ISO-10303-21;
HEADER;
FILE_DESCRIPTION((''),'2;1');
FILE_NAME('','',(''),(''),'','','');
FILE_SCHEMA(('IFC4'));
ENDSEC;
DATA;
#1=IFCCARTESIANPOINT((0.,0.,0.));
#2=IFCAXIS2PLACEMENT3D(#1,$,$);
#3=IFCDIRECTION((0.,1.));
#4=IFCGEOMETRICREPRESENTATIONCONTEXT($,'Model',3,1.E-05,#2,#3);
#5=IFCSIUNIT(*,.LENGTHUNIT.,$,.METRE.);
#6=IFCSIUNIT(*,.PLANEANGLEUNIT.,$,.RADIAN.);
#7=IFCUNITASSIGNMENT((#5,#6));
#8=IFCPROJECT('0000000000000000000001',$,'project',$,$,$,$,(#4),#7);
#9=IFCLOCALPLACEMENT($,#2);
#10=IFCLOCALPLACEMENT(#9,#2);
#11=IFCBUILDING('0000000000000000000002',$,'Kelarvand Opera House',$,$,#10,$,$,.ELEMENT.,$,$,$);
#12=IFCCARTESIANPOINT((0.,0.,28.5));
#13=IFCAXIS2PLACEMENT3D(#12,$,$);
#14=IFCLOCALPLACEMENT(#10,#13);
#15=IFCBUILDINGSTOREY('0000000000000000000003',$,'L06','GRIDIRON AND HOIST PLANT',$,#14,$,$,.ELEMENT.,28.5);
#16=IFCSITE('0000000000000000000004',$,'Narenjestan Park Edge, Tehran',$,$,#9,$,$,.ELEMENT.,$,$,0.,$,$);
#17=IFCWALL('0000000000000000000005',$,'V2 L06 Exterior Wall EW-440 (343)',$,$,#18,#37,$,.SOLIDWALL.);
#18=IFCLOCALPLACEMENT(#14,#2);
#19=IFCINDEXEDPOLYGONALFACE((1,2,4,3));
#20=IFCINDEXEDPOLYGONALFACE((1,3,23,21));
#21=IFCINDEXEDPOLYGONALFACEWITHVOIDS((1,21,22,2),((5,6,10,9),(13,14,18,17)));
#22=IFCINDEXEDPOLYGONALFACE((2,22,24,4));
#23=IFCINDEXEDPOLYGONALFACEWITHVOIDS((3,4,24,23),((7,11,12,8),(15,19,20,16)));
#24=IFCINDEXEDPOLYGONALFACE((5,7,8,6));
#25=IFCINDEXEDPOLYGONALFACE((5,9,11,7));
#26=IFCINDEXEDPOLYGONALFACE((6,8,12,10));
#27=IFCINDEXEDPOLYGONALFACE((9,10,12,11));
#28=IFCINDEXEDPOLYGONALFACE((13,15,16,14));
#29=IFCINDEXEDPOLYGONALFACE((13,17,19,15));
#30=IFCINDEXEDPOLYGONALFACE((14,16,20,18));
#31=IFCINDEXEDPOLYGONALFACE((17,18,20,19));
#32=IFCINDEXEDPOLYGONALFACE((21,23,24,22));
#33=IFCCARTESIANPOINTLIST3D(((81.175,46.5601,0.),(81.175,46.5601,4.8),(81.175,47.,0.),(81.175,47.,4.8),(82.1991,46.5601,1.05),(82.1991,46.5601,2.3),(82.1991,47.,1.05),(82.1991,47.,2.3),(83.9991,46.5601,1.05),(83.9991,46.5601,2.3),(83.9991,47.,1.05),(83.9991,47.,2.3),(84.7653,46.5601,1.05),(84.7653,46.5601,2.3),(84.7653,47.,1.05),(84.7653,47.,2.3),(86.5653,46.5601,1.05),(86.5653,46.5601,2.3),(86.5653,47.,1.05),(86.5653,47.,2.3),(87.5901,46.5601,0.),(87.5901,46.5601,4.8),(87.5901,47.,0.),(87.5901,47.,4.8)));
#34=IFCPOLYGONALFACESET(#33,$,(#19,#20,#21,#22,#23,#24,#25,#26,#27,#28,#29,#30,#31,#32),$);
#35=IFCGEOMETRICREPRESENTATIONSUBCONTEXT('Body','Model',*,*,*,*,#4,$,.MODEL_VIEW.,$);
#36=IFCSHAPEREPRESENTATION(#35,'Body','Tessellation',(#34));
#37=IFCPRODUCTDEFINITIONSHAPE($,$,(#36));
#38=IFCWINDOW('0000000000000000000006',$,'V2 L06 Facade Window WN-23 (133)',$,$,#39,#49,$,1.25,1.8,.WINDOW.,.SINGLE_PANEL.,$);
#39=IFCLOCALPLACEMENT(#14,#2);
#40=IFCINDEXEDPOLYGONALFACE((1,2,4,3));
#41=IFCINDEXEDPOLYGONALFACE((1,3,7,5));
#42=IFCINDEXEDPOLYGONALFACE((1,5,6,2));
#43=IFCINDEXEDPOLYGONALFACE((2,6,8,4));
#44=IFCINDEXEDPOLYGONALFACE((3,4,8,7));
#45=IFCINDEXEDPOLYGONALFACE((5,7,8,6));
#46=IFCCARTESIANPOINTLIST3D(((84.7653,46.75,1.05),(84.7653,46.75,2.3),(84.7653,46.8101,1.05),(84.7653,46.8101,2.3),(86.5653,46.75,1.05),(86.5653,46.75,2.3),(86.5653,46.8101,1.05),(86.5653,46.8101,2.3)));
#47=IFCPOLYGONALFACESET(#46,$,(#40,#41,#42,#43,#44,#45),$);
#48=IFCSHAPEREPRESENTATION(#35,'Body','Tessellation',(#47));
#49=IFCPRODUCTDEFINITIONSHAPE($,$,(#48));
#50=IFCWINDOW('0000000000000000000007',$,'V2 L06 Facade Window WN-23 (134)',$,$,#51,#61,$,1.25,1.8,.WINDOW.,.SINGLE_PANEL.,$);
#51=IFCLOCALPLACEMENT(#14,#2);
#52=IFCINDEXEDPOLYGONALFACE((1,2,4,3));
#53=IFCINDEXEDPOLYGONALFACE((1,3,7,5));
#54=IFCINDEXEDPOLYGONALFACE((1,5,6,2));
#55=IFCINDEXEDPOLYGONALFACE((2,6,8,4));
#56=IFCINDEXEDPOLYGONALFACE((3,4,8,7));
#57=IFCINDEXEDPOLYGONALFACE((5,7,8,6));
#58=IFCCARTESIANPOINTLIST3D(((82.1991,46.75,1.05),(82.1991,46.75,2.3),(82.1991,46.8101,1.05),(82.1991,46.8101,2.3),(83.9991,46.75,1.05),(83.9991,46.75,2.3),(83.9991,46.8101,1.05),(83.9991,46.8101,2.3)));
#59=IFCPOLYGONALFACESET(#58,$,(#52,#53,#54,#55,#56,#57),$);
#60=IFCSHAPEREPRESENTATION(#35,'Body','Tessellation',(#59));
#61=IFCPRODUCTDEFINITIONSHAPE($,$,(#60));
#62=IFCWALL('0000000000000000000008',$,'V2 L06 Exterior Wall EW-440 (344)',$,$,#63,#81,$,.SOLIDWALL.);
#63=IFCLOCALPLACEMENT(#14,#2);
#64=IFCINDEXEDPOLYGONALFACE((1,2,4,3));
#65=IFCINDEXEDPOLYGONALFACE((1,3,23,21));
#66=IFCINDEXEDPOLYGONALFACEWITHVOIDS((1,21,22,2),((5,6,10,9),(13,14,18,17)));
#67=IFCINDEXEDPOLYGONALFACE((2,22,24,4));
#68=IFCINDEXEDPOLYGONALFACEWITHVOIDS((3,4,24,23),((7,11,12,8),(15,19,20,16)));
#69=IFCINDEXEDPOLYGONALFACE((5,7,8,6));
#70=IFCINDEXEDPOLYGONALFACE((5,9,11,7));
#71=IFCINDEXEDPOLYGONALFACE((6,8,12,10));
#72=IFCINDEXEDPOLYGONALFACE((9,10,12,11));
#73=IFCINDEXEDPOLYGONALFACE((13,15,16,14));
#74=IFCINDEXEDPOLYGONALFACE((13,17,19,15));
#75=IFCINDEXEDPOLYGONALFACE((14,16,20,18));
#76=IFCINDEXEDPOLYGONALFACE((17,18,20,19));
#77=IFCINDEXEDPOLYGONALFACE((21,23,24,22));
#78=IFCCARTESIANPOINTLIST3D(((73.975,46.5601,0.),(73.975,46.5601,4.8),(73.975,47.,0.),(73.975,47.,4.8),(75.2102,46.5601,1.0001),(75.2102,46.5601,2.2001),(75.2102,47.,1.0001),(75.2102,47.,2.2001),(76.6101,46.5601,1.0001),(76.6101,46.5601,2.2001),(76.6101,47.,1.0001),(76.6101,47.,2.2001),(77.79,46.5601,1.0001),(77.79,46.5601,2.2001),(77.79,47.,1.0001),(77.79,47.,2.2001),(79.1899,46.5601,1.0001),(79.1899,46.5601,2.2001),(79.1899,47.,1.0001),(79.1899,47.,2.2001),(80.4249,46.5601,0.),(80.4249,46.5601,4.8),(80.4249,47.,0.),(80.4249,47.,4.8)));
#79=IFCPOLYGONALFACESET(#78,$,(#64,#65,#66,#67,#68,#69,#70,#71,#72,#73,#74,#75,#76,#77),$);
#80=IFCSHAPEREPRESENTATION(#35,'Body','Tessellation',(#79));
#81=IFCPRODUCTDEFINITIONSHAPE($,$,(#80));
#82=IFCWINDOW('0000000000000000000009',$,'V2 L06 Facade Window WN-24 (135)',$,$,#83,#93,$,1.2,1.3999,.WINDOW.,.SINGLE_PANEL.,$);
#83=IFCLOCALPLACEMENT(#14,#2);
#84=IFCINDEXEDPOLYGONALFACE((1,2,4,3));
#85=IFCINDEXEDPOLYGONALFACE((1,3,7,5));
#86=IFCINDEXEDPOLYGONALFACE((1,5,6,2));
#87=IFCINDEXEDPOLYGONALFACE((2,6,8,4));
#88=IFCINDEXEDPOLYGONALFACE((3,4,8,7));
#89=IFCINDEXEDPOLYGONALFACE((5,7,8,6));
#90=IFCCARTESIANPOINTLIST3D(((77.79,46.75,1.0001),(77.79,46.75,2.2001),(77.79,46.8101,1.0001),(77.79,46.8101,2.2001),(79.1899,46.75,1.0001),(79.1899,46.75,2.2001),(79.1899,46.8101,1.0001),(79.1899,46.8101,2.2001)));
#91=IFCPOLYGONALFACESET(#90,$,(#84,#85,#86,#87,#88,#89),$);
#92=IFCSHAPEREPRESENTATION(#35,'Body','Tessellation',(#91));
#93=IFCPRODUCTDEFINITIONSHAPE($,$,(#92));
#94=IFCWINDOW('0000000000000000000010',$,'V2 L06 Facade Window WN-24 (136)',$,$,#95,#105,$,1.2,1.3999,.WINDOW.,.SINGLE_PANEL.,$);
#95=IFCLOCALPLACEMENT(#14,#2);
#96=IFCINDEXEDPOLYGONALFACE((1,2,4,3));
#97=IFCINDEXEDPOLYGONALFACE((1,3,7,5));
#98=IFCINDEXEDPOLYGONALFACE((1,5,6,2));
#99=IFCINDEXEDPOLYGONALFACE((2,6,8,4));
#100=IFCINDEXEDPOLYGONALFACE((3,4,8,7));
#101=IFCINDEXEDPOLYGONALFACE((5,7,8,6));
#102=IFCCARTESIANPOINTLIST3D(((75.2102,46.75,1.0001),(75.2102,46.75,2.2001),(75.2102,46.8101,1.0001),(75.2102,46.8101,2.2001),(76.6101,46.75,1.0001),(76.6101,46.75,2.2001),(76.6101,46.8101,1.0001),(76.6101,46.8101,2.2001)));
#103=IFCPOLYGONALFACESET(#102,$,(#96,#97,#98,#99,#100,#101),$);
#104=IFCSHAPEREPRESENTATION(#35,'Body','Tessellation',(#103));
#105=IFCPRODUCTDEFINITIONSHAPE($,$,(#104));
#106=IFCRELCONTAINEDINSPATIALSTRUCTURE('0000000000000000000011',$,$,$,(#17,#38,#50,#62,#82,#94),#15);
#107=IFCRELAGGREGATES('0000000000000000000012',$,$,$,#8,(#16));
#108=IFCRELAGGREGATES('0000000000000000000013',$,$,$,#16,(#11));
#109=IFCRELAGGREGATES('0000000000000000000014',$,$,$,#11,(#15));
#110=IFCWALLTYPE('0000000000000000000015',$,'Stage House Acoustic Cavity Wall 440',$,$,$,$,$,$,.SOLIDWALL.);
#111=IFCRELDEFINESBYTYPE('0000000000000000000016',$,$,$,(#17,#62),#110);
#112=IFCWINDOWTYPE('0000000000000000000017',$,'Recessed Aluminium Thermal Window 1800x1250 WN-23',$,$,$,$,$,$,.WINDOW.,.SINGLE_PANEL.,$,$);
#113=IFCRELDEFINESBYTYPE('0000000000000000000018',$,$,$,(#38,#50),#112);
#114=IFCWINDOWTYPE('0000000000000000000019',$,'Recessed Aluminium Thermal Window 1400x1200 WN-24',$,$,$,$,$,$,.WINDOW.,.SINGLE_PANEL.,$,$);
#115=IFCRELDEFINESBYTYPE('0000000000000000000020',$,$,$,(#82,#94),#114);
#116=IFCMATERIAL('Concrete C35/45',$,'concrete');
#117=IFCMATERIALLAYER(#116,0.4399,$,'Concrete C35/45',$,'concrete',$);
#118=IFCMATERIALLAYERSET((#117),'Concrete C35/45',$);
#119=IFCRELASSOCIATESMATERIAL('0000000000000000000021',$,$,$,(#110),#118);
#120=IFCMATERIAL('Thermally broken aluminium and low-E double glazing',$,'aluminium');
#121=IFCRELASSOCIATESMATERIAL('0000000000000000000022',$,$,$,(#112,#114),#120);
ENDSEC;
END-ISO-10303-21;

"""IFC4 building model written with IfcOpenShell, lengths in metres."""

from ifc_helpers import new_model, si_unit, direction, frame, frame_2d, origin, place, context, subcontext, project, spatial, rectangle, extrude, material, layer, layer_set, type_object, element, fill, save


model = new_model("IFC4")

# Units and contexts
model_context = context("Model", 3, precision=1e-05, world=origin(), true_north=direction((0.0, 1.0)))
body_context = subcontext(model_context, "Body", "Model", "MODEL_VIEW")
ifc_project = project(units=[si_unit("LENGTHUNIT", "METRE"), si_unit("PLANEANGLEUNIT", "RADIAN")], contexts=[model_context])

# Site, building, storey
site_placement = place(None, origin())
site = spatial("IfcSite", under=ifc_project, at=site_placement, Name="Narenjestan Park Edge, Tehran", CompositionType="ELEMENT", RefElevation=0.0)
building_placement = place(site_placement, origin())
building = spatial("IfcBuilding", under=site, at=building_placement, Name="Kelarvand Opera House", CompositionType="ELEMENT")
storey_placement = place(building_placement, frame((0.0, 0.0, 28.5)))
storey = spatial("IfcBuildingStorey", under=building, at=storey_placement, Name="L06", Description="GRIDIRON AND HOIST PLANT", CompositionType="ELEMENT", Elevation=28.5)

# Shared definitions
ifc_material_1 = material(Name="Concrete C35/45", Category="concrete")

# Shared definitions
ifc_layer_1 = layer(ifc_material_1, 0.4399, Name="Concrete C35/45", Category="concrete")
ifc_layer_set_1 = layer_set([ifc_layer_1], Name="Concrete C35/45")
wall_type_1 = type_object("IfcWallType", Name="Stage House Acoustic Cavity Wall 440", PredefinedType="SOLIDWALL", material=ifc_layer_set_1)

# Walls, openings, windows
wall_1_placement = place(storey_placement, frame((87.5901, 46.78, 0.0), z_axis=(0.0, 0.0, 1.0), x_axis=(-1.0, 0.0, 0.0)))
wall_1 = element("IfcWall", 1, at=wall_1_placement, inside=storey, type_object=wall_type_1, Name="V2 L06 Exterior Wall EW-440 (343)", PredefinedType="SOLIDWALL", context=body_context, shape_type="SweptSolid", body=[
    extrude(rectangle(XDim=6.415, YDim=0.4399, at=frame_2d((3.2075, 0.0))), origin(), (0.0, 0.0, 1.0), 4.8),
])
opening_1_placement = place(wall_1_placement, frame((1.0249, 0.0, 1.05)))
opening_1 = element("IfcOpeningElement", 2, at=opening_1_placement, cuts=wall_1, PredefinedType="OPENING", context=body_context, shape_type="SweptSolid", body=[
    extrude(rectangle(XDim=1.8, YDim=1.25, at=frame_2d((0.8999, 0.625))), frame((0.0, 0.23, 0.0), z_axis=(0.0, -1.0, 0.0), x_axis=(1.0, 0.0, 0.0)), (0.0, 0.0, 1.0), 0.46),
])
opening_2_placement = place(wall_1_placement, frame((3.5911, 0.0, 1.05)))
opening_2 = element("IfcOpeningElement", 3, at=opening_2_placement, cuts=wall_1, PredefinedType="OPENING", context=body_context, shape_type="SweptSolid", body=[
    extrude(rectangle(XDim=1.8, YDim=1.25, at=frame_2d((0.8999, 0.625))), frame((0.0, 0.23, 0.0), z_axis=(0.0, -1.0, 0.0), x_axis=(1.0, 0.0, 0.0)), (0.0, 0.0, 1.0), 0.46),
])
ifc_material_2 = material(Name="Thermally broken aluminium and low-E double glazing", Category="aluminium")
window_type_1 = type_object("IfcWindowType", Name="Recessed Aluminium Thermal Window 1800x1250 WN-23", PartitioningType="SINGLE_PANEL", PredefinedType="WINDOW", material=ifc_material_2)
window_1_placement = place(opening_1_placement, origin())
window_1 = element("IfcWindow", 4, at=window_1_placement, inside=storey, type_object=window_type_1, Name="V2 L06 Facade Window WN-23 (133)", OverallHeight=1.25, OverallWidth=1.8, PartitioningType="SINGLE_PANEL", PredefinedType="WINDOW", context=body_context, shape_type="SweptSolid", body=[
    extrude(rectangle(XDim=1.8, YDim=1.25, at=frame_2d((0.8999, 0.625))), frame((0.0, 0.03, 0.0), z_axis=(0.0, -1.0, 0.0), x_axis=(1.0, 0.0, 0.0)), (0.0, 0.0, 1.0), 0.0601),
])
fill(opening_1, window_1)
window_2_placement = place(opening_2_placement, origin())
window_2 = element("IfcWindow", 5, at=window_2_placement, inside=storey, type_object=window_type_1, Name="V2 L06 Facade Window WN-23 (134)", OverallHeight=1.25, OverallWidth=1.8, PartitioningType="SINGLE_PANEL", PredefinedType="WINDOW", context=body_context, shape_type="SweptSolid", body=[
    extrude(rectangle(XDim=1.8, YDim=1.25, at=frame_2d((0.8999, 0.625))), frame((0.0, 0.03, 0.0), z_axis=(0.0, -1.0, 0.0), x_axis=(1.0, 0.0, 0.0)), (0.0, 0.0, 1.0), 0.0601),
])
fill(opening_2, window_2)
wall_2_placement = place(storey_placement, frame((80.425, 46.78, 0.0), z_axis=(0.0, 0.0, 1.0), x_axis=(-1.0, 0.0, 0.0)))
wall_2 = element("IfcWall", 6, at=wall_2_placement, inside=storey, type_object=wall_type_1, Name="V2 L06 Exterior Wall EW-440 (344)", PredefinedType="SOLIDWALL", context=body_context, shape_type="SweptSolid", body=[
    extrude(rectangle(XDim=6.45, YDim=0.4399, at=frame_2d((3.2251, 0.0))), origin(), (0.0, 0.0, 1.0), 4.8),
])
opening_3_placement = place(wall_2_placement, frame((1.2351, 0.0, 1.0)))
opening_3 = element("IfcOpeningElement", 7, at=opening_3_placement, cuts=wall_2, PredefinedType="OPENING", context=body_context, shape_type="SweptSolid", body=[
    extrude(rectangle(XDim=1.3999, YDim=1.2, at=frame_2d((0.7, 0.6001))), frame((0.0, 0.23, 0.0), z_axis=(0.0, -1.0, 0.0), x_axis=(1.0, 0.0, 0.0)), (0.0, 0.0, 1.0), 0.46),
])
opening_4_placement = place(wall_2_placement, frame((3.8149, 0.0, 1.0)))
opening_4 = element("IfcOpeningElement", 8, at=opening_4_placement, cuts=wall_2, PredefinedType="OPENING", context=body_context, shape_type="SweptSolid", body=[
    extrude(rectangle(XDim=1.3999, YDim=1.2, at=frame_2d((0.7, 0.6001))), frame((0.0, 0.23, 0.0), z_axis=(0.0, -1.0, 0.0), x_axis=(1.0, 0.0, 0.0)), (0.0, 0.0, 1.0), 0.46),
])
window_type_2 = type_object("IfcWindowType", Name="Recessed Aluminium Thermal Window 1400x1200 WN-24", PartitioningType="SINGLE_PANEL", PredefinedType="WINDOW", material=ifc_material_2)
window_3_placement = place(opening_3_placement, origin())
window_3 = element("IfcWindow", 9, at=window_3_placement, inside=storey, type_object=window_type_2, Name="V2 L06 Facade Window WN-24 (135)", OverallHeight=1.2, OverallWidth=1.3999, PartitioningType="SINGLE_PANEL", PredefinedType="WINDOW", context=body_context, shape_type="SweptSolid", body=[
    extrude(rectangle(XDim=1.3999, YDim=1.2, at=frame_2d((0.7, 0.6001))), frame((0.0, 0.03, 0.0), z_axis=(0.0, -1.0, 0.0), x_axis=(1.0, 0.0, 0.0)), (0.0, 0.0, 1.0), 0.0601),
])
fill(opening_3, window_3)
window_4_placement = place(opening_4_placement, origin())
window_4 = element("IfcWindow", 10, at=window_4_placement, inside=storey, type_object=window_type_2, Name="V2 L06 Facade Window WN-24 (136)", OverallHeight=1.2, OverallWidth=1.3999, PartitioningType="SINGLE_PANEL", PredefinedType="WINDOW", context=body_context, shape_type="SweptSolid", body=[
    extrude(rectangle(XDim=1.3999, YDim=1.2, at=frame_2d((0.7, 0.6001))), frame((0.0, 0.03, 0.0), z_axis=(0.0, -1.0, 0.0), x_axis=(1.0, 0.0, 0.0)), (0.0, 0.0, 1.0), 0.0601),
])
fill(opening_4, window_4)

save(model, "model.ifc")
